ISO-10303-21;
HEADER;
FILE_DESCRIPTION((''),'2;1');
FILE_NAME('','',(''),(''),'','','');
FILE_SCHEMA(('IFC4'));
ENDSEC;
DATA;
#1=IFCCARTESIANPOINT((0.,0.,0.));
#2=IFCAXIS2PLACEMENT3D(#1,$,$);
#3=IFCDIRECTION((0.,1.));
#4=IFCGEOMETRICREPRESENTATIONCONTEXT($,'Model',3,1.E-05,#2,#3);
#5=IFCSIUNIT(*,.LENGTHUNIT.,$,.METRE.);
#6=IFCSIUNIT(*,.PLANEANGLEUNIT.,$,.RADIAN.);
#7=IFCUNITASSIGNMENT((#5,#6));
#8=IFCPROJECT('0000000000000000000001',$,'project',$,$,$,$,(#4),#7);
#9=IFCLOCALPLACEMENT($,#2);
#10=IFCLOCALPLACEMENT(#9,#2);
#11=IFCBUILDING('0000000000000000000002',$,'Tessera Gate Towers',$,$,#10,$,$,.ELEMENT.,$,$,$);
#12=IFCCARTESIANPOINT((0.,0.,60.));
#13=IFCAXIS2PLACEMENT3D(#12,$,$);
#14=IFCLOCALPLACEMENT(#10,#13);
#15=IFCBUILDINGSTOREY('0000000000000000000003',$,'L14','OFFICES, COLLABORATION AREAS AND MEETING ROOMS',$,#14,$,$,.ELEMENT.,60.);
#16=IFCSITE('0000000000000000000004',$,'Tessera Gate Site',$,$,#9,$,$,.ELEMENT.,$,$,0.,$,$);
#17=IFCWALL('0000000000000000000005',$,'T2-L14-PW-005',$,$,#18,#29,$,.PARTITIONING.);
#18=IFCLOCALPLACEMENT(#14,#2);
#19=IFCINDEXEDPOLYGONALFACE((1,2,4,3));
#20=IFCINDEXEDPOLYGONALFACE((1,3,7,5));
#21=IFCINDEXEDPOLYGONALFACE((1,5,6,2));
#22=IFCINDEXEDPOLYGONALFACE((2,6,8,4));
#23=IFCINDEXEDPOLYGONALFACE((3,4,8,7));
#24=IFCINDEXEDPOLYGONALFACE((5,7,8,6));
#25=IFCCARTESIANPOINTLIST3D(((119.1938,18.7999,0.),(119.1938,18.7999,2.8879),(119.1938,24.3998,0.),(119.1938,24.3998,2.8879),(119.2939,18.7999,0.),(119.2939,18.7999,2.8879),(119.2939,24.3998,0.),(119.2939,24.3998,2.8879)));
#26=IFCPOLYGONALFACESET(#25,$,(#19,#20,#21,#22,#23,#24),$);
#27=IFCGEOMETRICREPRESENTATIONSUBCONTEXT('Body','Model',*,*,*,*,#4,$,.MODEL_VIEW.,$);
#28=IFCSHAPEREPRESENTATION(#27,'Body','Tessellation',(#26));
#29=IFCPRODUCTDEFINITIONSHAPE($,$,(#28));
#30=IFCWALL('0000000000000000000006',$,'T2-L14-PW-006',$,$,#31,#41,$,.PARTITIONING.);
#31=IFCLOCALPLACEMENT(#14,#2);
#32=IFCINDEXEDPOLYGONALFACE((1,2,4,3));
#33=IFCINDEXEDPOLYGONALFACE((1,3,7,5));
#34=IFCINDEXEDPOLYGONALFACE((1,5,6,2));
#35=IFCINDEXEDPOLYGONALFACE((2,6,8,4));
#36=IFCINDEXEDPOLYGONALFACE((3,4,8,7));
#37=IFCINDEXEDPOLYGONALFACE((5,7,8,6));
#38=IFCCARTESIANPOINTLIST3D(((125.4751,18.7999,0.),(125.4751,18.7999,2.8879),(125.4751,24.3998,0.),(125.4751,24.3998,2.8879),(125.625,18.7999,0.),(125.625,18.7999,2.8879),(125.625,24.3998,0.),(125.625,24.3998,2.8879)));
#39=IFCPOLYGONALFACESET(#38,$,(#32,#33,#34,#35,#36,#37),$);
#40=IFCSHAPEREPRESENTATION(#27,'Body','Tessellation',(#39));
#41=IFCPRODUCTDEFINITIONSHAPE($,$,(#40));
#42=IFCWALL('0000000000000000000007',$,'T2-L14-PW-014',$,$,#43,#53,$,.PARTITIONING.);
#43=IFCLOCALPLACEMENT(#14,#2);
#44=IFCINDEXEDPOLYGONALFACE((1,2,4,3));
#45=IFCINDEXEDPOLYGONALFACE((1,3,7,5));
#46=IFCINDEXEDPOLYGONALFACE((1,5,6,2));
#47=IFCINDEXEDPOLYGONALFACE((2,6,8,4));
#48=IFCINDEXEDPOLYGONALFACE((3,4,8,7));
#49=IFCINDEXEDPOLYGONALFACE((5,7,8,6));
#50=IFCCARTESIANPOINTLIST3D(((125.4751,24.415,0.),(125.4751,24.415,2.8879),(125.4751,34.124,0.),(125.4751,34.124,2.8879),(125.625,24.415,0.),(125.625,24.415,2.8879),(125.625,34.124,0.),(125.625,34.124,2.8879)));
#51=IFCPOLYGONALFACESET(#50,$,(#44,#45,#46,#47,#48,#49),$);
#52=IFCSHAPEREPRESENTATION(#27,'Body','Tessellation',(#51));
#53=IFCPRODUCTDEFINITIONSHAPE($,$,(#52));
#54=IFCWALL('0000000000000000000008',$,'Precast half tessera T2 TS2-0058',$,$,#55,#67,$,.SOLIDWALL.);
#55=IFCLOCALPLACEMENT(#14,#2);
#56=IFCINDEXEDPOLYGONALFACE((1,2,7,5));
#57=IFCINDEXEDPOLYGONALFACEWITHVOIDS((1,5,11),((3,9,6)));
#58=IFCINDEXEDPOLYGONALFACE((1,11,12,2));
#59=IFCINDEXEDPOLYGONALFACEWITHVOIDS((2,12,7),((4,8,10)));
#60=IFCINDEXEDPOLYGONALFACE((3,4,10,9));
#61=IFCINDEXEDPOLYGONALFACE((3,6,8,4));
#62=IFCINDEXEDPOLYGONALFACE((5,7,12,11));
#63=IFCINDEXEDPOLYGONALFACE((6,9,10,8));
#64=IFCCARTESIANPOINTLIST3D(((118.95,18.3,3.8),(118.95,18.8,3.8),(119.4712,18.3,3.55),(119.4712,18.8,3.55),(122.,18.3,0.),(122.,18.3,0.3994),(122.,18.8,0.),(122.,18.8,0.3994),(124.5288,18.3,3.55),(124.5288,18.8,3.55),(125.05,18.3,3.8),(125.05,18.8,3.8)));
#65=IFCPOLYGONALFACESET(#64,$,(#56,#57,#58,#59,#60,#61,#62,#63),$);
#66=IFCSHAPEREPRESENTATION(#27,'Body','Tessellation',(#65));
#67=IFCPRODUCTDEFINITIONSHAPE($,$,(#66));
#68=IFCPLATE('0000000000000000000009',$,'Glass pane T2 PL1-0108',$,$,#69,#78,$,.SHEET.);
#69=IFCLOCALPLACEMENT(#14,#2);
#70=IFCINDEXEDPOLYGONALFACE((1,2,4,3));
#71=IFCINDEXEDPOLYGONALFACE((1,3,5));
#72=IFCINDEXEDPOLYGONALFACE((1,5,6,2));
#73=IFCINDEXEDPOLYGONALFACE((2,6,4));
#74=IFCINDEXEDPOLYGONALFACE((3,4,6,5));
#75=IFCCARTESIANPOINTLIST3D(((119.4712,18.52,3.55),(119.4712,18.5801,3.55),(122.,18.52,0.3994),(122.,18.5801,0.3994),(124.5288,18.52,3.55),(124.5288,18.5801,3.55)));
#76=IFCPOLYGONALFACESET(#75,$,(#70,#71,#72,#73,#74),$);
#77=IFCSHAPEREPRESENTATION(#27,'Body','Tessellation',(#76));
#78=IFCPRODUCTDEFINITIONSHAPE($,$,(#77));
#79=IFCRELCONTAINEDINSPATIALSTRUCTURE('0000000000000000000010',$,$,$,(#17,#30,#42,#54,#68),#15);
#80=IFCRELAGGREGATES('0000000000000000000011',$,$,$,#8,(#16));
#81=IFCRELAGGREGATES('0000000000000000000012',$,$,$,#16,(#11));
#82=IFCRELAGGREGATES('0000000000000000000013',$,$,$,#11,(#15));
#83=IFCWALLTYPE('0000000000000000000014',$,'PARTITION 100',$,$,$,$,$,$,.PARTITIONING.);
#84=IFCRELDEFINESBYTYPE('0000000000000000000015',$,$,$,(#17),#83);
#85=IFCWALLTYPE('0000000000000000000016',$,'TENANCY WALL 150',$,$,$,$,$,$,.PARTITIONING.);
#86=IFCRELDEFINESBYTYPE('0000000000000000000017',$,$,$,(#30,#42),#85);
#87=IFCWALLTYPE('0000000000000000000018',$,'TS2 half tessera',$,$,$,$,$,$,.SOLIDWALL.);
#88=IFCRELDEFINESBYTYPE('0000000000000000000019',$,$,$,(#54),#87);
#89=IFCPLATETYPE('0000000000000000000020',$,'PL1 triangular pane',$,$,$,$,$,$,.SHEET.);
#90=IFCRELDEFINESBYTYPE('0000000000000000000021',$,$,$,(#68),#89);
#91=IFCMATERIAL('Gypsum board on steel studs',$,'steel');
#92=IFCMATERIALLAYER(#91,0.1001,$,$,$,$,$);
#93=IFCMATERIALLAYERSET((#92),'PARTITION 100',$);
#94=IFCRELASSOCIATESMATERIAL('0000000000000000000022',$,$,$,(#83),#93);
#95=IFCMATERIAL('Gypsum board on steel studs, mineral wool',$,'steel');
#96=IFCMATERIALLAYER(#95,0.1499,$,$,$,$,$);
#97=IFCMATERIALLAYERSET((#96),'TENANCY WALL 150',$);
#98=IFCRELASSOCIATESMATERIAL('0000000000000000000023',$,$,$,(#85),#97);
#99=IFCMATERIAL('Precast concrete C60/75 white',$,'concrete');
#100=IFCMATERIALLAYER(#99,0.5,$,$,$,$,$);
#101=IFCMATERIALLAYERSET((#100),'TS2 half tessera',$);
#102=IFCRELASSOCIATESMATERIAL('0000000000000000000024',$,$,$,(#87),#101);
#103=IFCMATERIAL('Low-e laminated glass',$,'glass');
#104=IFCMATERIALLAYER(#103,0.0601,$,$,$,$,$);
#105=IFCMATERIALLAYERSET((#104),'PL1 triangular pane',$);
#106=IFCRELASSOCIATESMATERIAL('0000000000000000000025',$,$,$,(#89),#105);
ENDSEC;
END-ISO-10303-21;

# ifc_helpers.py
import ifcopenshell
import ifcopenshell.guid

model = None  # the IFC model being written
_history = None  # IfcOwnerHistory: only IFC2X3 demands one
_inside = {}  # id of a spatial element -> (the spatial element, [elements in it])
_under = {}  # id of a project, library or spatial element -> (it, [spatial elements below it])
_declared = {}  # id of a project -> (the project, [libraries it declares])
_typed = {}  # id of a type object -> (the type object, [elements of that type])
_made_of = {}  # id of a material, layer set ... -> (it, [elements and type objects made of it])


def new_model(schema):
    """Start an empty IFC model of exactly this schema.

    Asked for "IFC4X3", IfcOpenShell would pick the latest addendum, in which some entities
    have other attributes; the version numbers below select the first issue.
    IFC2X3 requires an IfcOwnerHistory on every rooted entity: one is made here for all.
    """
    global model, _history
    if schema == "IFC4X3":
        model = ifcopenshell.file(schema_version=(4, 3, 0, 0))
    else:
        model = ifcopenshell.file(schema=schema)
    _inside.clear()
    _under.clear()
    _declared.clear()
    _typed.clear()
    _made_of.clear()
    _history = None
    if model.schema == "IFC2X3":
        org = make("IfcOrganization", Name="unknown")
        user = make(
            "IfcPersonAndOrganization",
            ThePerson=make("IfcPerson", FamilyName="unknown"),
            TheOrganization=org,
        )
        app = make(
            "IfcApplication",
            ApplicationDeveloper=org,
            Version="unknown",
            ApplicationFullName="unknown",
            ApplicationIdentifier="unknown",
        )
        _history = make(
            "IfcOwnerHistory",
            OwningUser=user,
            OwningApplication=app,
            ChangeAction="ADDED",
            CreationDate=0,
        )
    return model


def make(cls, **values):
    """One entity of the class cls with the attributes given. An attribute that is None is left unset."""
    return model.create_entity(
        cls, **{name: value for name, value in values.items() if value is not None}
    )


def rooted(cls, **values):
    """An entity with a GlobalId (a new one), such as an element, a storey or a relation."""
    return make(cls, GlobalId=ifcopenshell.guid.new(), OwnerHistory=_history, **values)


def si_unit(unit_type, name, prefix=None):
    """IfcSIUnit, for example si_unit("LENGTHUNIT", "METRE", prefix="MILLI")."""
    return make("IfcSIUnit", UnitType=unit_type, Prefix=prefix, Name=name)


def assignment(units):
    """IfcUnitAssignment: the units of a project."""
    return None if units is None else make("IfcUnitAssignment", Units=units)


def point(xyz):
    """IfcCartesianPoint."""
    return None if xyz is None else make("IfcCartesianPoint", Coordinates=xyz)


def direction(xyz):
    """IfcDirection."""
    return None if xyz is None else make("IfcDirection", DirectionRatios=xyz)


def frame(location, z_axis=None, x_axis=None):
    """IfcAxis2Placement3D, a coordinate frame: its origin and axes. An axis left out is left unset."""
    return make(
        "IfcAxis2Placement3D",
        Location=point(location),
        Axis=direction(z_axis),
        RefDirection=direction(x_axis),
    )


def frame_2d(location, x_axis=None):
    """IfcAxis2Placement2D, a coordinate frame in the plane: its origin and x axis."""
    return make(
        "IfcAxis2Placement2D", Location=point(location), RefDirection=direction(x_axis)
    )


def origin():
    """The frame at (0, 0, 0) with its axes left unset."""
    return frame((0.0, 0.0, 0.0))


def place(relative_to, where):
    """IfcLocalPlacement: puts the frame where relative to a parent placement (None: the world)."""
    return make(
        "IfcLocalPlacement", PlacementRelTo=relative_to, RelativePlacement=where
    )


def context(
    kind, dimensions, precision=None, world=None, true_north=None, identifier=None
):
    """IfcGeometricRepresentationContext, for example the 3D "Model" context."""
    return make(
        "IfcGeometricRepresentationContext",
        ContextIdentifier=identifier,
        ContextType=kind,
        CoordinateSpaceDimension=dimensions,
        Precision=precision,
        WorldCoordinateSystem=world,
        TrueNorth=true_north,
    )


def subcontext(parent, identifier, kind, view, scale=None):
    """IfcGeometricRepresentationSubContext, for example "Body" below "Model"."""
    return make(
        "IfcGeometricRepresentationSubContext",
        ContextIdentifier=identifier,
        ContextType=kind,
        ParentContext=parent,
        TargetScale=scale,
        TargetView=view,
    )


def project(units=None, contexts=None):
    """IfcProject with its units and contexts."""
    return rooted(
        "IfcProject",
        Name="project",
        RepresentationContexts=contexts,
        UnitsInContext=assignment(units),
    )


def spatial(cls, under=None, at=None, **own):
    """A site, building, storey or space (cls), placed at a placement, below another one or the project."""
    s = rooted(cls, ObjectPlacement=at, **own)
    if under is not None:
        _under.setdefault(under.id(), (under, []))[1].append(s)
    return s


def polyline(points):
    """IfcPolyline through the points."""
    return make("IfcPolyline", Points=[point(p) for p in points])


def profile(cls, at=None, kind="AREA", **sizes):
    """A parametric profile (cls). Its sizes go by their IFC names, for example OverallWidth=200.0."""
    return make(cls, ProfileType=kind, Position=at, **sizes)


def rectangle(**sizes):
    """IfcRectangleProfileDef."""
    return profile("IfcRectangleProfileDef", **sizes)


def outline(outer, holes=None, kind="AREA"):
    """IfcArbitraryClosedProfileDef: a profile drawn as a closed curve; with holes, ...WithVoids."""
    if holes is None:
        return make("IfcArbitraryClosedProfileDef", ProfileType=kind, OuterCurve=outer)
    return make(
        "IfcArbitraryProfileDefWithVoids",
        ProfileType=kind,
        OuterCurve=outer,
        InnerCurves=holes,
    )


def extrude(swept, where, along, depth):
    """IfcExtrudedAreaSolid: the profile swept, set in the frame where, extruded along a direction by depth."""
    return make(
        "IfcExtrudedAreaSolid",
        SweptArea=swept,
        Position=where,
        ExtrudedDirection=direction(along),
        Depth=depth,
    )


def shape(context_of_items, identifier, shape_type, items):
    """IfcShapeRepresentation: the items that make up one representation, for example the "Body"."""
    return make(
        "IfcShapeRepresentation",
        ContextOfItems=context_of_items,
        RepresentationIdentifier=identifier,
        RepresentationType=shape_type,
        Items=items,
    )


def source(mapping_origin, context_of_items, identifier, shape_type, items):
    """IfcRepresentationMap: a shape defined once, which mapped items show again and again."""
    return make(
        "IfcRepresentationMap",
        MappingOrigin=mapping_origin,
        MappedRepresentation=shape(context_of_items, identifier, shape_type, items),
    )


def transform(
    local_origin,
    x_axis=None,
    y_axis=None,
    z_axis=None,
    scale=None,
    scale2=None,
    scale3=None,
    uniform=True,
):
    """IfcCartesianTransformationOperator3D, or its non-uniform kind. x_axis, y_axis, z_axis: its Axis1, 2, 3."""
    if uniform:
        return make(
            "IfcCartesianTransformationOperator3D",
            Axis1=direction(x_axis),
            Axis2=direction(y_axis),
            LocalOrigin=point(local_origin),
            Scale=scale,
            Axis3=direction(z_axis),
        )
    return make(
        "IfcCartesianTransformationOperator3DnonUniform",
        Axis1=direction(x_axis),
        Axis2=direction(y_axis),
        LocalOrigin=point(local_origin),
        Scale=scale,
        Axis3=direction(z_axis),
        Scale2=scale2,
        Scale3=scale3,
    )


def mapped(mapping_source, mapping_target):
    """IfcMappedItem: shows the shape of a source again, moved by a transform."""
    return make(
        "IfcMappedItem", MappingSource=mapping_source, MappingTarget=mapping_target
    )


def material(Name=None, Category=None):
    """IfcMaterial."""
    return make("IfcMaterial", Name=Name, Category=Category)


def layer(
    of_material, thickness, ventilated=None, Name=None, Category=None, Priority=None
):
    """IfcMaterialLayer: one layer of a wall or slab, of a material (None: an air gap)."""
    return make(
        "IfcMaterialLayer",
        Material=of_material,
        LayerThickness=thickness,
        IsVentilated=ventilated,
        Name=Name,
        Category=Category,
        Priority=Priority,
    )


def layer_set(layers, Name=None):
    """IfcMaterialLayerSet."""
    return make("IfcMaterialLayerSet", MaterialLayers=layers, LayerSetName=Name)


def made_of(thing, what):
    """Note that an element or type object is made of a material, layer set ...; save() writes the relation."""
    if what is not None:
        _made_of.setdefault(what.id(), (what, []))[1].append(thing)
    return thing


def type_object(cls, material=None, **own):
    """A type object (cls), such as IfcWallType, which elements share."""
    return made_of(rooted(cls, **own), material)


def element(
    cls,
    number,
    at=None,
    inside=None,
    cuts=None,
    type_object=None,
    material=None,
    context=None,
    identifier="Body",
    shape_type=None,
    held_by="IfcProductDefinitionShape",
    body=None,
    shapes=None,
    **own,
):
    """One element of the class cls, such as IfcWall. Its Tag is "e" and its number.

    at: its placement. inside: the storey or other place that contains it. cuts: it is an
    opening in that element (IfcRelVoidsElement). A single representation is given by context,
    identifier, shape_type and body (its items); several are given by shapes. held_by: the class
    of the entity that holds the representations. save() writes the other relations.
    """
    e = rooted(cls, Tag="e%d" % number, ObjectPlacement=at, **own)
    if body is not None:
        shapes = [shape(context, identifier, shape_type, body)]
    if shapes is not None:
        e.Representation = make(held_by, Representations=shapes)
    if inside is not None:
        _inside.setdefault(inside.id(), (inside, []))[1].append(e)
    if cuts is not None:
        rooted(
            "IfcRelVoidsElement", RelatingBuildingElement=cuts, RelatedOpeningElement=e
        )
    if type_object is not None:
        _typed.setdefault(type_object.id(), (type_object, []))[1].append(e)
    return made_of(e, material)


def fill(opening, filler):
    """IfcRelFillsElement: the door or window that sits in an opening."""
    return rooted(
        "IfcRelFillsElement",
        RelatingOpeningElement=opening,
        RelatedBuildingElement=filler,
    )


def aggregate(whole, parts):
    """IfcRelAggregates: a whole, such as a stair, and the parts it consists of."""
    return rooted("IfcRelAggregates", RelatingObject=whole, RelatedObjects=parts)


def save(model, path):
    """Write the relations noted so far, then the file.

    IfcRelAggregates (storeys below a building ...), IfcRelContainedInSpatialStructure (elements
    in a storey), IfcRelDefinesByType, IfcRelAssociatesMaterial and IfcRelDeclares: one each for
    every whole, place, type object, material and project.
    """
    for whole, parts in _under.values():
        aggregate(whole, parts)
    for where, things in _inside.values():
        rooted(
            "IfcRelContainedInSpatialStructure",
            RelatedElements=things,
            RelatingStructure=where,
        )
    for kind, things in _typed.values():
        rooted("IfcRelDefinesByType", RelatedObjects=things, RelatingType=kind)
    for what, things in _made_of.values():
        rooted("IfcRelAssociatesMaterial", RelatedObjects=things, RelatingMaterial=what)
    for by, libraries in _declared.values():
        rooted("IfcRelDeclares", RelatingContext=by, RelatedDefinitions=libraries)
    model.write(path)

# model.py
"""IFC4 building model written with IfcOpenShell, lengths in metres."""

from ifc_helpers import new_model, si_unit, direction, frame, frame_2d, origin, place, context, subcontext, project, spatial, polyline, rectangle, outline, extrude, source, transform, mapped, material, layer, layer_set, type_object, element, fill, save


model = new_model("IFC4")

# Units and contexts
model_context = context("Model", 3, precision=1e-05, world=origin(), true_north=direction((0.0, 1.0)))
body_context = subcontext(model_context, "Body", "Model", "MODEL_VIEW")
ifc_project = project(units=[si_unit("LENGTHUNIT", "METRE"), si_unit("PLANEANGLEUNIT", "RADIAN")], contexts=[model_context])

# Site, building, storey
site_placement = place(None, origin())
site = spatial("IfcSite", under=ifc_project, at=site_placement, Name="Tessera Gate Site", CompositionType="ELEMENT", RefElevation=0.0)
building_placement = place(site_placement, origin())
building = spatial("IfcBuilding", under=site, at=building_placement, Name="Tessera Gate Towers", CompositionType="ELEMENT")
storey_placement = place(building_placement, frame((0.0, 0.0, 60.0)))
storey = spatial("IfcBuildingStorey", under=building, at=storey_placement, Name="L14", Description="OFFICES, COLLABORATION AREAS AND MEETING ROOMS", CompositionType="ELEMENT", Elevation=60.0)

# Walls
ifc_material_1 = material(Name="Gypsum board on steel studs", Category="steel")
ifc_layer_1 = layer(ifc_material_1, 0.1001)
ifc_layer_set_1 = layer_set([ifc_layer_1], Name="PARTITION 100")
wall_type_1 = type_object("IfcWallType", Name="PARTITION 100", PredefinedType="PARTITIONING", material=ifc_layer_set_1)
wall_1_placement = place(storey_placement, frame((119.2439, 18.8, 0.0), z_axis=(0.0, 0.0, 1.0), x_axis=(0.0, 1.0, 0.0)))
element("IfcWall", 1, at=wall_1_placement, inside=storey, type_object=wall_type_1, Name="T2-L14-PW-005", PredefinedType="PARTITIONING", context=body_context, shape_type="SweptSolid", body=[
    extrude(rectangle(XDim=5.5999, YDim=0.1001, at=frame_2d((2.7998, 0.0))), origin(), (0.0, 0.0, 1.0), 2.8879),
])
ifc_material_2 = material(Name="Gypsum board on steel studs, mineral wool", Category="steel")
ifc_layer_2 = layer(ifc_material_2, 0.1499)
ifc_layer_set_2 = layer_set([ifc_layer_2], Name="TENANCY WALL 150")
wall_type_2 = type_object("IfcWallType", Name="TENANCY WALL 150", PredefinedType="PARTITIONING", material=ifc_layer_set_2)
wall_2_placement = place(storey_placement, frame((125.55, 18.8, 0.0), z_axis=(0.0, 0.0, 1.0), x_axis=(0.0, 1.0, 0.0)))
element("IfcWall", 2, at=wall_2_placement, inside=storey, type_object=wall_type_2, Name="T2-L14-PW-006", PredefinedType="PARTITIONING", context=body_context, shape_type="SweptSolid", body=[
    extrude(rectangle(XDim=5.5999, YDim=0.1499, at=frame_2d((2.7998, 0.0))), origin(), (0.0, 0.0, 1.0), 2.8879),
])
wall_3_placement = place(storey_placement, frame((125.55, 24.415, 0.0), z_axis=(0.0, 0.0, 1.0), x_axis=(0.0, 1.0, 0.0)))
element("IfcWall", 3, at=wall_3_placement, inside=storey, type_object=wall_type_2, Name="T2-L14-PW-014", PredefinedType="PARTITIONING", context=body_context, shape_type="SweptSolid", body=[
    extrude(rectangle(XDim=9.709, YDim=0.1499, at=frame_2d((4.8545, 0.0))), origin(), (0.0, 0.0, 1.0), 2.8879),
])

# Wall, opening, plate
ifc_material_3 = material(Name="Precast concrete C60/75 white", Category="concrete")
ifc_layer_3 = layer(ifc_material_3, 0.5)
ifc_layer_set_3 = layer_set([ifc_layer_3], Name="TS2 half tessera")
wall_type_3 = type_object("IfcWallType", Name="TS2 half tessera", PredefinedType="SOLIDWALL", material=ifc_layer_set_3)
shared_shape_1 = source(origin(), body_context, "Body", "SweptSolid", [
    extrude(outline(polyline([(3.05, 0.0), (6.1001, 3.8), (0.0, 3.8), (3.05, 0.0)])), frame((0.0, 0.25, 0.0), z_axis=(0.0, -1.0, 0.0), x_axis=(1.0, 0.0, 0.0)), (0.0, 0.0, 1.0), 0.5),
])
wall_4_placement = place(storey_placement, frame((118.95, 18.55, 0.0), z_axis=(0.0, 0.0, 1.0), x_axis=(1.0, 0.0, 0.0)))
wall_4 = element("IfcWall", 4, at=wall_4_placement, inside=storey, type_object=wall_type_3, Name="Precast half tessera T2 TS2-0058", PredefinedType="SOLIDWALL", context=body_context, shape_type="MappedRepresentation", body=[
    mapped(shared_shape_1, transform((0.0, 0.0, 0.0), scale=1.0)),
])
shared_shape_2 = source(origin(), body_context, "Body", "SweptSolid", [
    extrude(outline(polyline([(3.05, 0.3994), (5.5789, 3.55), (0.5212, 3.55), (3.05, 0.3994)])), frame((0.0, 0.26, 0.0), z_axis=(0.0, -1.0, 0.0), x_axis=(1.0, 0.0, 0.0)), (0.0, 0.0, 1.0), 0.52),
])
opening_1_placement = place(wall_4_placement, origin())
opening_1 = element("IfcOpeningElement", 5, at=opening_1_placement, cuts=wall_4, PredefinedType="OPENING", context=body_context, shape_type="MappedRepresentation", body=[
    mapped(shared_shape_2, transform((0.0, 0.0, 0.0), scale=1.0)),
])
ifc_material_4 = material(Name="Low-e laminated glass", Category="glass")
ifc_layer_4 = layer(ifc_material_4, 0.0601)
ifc_layer_set_4 = layer_set([ifc_layer_4], Name="PL1 triangular pane")
plate_type = type_object("IfcPlateType", Name="PL1 triangular pane", PredefinedType="SHEET", material=ifc_layer_set_4)
shared_shape_3 = source(origin(), body_context, "Body", "SweptSolid", [
    extrude(outline(polyline([(3.05, 0.3994), (5.5789, 3.55), (0.5212, 3.55), (3.05, 0.3994)])), frame((0.0, 0.03, 0.0), z_axis=(0.0, -1.0, 0.0), x_axis=(1.0, 0.0, 0.0)), (0.0, 0.0, 1.0), 0.0601),
])
plate_placement = place(opening_1_placement, origin())
plate = element("IfcPlate", 6, at=plate_placement, inside=storey, type_object=plate_type, Name="Glass pane T2 PL1-0108", PredefinedType="SHEET", context=body_context, shape_type="MappedRepresentation", body=[
    mapped(shared_shape_3, transform((0.0, 0.0, 0.0), scale=1.0)),
])
fill(opening_1, plate)

save(model, "model.ifc")
